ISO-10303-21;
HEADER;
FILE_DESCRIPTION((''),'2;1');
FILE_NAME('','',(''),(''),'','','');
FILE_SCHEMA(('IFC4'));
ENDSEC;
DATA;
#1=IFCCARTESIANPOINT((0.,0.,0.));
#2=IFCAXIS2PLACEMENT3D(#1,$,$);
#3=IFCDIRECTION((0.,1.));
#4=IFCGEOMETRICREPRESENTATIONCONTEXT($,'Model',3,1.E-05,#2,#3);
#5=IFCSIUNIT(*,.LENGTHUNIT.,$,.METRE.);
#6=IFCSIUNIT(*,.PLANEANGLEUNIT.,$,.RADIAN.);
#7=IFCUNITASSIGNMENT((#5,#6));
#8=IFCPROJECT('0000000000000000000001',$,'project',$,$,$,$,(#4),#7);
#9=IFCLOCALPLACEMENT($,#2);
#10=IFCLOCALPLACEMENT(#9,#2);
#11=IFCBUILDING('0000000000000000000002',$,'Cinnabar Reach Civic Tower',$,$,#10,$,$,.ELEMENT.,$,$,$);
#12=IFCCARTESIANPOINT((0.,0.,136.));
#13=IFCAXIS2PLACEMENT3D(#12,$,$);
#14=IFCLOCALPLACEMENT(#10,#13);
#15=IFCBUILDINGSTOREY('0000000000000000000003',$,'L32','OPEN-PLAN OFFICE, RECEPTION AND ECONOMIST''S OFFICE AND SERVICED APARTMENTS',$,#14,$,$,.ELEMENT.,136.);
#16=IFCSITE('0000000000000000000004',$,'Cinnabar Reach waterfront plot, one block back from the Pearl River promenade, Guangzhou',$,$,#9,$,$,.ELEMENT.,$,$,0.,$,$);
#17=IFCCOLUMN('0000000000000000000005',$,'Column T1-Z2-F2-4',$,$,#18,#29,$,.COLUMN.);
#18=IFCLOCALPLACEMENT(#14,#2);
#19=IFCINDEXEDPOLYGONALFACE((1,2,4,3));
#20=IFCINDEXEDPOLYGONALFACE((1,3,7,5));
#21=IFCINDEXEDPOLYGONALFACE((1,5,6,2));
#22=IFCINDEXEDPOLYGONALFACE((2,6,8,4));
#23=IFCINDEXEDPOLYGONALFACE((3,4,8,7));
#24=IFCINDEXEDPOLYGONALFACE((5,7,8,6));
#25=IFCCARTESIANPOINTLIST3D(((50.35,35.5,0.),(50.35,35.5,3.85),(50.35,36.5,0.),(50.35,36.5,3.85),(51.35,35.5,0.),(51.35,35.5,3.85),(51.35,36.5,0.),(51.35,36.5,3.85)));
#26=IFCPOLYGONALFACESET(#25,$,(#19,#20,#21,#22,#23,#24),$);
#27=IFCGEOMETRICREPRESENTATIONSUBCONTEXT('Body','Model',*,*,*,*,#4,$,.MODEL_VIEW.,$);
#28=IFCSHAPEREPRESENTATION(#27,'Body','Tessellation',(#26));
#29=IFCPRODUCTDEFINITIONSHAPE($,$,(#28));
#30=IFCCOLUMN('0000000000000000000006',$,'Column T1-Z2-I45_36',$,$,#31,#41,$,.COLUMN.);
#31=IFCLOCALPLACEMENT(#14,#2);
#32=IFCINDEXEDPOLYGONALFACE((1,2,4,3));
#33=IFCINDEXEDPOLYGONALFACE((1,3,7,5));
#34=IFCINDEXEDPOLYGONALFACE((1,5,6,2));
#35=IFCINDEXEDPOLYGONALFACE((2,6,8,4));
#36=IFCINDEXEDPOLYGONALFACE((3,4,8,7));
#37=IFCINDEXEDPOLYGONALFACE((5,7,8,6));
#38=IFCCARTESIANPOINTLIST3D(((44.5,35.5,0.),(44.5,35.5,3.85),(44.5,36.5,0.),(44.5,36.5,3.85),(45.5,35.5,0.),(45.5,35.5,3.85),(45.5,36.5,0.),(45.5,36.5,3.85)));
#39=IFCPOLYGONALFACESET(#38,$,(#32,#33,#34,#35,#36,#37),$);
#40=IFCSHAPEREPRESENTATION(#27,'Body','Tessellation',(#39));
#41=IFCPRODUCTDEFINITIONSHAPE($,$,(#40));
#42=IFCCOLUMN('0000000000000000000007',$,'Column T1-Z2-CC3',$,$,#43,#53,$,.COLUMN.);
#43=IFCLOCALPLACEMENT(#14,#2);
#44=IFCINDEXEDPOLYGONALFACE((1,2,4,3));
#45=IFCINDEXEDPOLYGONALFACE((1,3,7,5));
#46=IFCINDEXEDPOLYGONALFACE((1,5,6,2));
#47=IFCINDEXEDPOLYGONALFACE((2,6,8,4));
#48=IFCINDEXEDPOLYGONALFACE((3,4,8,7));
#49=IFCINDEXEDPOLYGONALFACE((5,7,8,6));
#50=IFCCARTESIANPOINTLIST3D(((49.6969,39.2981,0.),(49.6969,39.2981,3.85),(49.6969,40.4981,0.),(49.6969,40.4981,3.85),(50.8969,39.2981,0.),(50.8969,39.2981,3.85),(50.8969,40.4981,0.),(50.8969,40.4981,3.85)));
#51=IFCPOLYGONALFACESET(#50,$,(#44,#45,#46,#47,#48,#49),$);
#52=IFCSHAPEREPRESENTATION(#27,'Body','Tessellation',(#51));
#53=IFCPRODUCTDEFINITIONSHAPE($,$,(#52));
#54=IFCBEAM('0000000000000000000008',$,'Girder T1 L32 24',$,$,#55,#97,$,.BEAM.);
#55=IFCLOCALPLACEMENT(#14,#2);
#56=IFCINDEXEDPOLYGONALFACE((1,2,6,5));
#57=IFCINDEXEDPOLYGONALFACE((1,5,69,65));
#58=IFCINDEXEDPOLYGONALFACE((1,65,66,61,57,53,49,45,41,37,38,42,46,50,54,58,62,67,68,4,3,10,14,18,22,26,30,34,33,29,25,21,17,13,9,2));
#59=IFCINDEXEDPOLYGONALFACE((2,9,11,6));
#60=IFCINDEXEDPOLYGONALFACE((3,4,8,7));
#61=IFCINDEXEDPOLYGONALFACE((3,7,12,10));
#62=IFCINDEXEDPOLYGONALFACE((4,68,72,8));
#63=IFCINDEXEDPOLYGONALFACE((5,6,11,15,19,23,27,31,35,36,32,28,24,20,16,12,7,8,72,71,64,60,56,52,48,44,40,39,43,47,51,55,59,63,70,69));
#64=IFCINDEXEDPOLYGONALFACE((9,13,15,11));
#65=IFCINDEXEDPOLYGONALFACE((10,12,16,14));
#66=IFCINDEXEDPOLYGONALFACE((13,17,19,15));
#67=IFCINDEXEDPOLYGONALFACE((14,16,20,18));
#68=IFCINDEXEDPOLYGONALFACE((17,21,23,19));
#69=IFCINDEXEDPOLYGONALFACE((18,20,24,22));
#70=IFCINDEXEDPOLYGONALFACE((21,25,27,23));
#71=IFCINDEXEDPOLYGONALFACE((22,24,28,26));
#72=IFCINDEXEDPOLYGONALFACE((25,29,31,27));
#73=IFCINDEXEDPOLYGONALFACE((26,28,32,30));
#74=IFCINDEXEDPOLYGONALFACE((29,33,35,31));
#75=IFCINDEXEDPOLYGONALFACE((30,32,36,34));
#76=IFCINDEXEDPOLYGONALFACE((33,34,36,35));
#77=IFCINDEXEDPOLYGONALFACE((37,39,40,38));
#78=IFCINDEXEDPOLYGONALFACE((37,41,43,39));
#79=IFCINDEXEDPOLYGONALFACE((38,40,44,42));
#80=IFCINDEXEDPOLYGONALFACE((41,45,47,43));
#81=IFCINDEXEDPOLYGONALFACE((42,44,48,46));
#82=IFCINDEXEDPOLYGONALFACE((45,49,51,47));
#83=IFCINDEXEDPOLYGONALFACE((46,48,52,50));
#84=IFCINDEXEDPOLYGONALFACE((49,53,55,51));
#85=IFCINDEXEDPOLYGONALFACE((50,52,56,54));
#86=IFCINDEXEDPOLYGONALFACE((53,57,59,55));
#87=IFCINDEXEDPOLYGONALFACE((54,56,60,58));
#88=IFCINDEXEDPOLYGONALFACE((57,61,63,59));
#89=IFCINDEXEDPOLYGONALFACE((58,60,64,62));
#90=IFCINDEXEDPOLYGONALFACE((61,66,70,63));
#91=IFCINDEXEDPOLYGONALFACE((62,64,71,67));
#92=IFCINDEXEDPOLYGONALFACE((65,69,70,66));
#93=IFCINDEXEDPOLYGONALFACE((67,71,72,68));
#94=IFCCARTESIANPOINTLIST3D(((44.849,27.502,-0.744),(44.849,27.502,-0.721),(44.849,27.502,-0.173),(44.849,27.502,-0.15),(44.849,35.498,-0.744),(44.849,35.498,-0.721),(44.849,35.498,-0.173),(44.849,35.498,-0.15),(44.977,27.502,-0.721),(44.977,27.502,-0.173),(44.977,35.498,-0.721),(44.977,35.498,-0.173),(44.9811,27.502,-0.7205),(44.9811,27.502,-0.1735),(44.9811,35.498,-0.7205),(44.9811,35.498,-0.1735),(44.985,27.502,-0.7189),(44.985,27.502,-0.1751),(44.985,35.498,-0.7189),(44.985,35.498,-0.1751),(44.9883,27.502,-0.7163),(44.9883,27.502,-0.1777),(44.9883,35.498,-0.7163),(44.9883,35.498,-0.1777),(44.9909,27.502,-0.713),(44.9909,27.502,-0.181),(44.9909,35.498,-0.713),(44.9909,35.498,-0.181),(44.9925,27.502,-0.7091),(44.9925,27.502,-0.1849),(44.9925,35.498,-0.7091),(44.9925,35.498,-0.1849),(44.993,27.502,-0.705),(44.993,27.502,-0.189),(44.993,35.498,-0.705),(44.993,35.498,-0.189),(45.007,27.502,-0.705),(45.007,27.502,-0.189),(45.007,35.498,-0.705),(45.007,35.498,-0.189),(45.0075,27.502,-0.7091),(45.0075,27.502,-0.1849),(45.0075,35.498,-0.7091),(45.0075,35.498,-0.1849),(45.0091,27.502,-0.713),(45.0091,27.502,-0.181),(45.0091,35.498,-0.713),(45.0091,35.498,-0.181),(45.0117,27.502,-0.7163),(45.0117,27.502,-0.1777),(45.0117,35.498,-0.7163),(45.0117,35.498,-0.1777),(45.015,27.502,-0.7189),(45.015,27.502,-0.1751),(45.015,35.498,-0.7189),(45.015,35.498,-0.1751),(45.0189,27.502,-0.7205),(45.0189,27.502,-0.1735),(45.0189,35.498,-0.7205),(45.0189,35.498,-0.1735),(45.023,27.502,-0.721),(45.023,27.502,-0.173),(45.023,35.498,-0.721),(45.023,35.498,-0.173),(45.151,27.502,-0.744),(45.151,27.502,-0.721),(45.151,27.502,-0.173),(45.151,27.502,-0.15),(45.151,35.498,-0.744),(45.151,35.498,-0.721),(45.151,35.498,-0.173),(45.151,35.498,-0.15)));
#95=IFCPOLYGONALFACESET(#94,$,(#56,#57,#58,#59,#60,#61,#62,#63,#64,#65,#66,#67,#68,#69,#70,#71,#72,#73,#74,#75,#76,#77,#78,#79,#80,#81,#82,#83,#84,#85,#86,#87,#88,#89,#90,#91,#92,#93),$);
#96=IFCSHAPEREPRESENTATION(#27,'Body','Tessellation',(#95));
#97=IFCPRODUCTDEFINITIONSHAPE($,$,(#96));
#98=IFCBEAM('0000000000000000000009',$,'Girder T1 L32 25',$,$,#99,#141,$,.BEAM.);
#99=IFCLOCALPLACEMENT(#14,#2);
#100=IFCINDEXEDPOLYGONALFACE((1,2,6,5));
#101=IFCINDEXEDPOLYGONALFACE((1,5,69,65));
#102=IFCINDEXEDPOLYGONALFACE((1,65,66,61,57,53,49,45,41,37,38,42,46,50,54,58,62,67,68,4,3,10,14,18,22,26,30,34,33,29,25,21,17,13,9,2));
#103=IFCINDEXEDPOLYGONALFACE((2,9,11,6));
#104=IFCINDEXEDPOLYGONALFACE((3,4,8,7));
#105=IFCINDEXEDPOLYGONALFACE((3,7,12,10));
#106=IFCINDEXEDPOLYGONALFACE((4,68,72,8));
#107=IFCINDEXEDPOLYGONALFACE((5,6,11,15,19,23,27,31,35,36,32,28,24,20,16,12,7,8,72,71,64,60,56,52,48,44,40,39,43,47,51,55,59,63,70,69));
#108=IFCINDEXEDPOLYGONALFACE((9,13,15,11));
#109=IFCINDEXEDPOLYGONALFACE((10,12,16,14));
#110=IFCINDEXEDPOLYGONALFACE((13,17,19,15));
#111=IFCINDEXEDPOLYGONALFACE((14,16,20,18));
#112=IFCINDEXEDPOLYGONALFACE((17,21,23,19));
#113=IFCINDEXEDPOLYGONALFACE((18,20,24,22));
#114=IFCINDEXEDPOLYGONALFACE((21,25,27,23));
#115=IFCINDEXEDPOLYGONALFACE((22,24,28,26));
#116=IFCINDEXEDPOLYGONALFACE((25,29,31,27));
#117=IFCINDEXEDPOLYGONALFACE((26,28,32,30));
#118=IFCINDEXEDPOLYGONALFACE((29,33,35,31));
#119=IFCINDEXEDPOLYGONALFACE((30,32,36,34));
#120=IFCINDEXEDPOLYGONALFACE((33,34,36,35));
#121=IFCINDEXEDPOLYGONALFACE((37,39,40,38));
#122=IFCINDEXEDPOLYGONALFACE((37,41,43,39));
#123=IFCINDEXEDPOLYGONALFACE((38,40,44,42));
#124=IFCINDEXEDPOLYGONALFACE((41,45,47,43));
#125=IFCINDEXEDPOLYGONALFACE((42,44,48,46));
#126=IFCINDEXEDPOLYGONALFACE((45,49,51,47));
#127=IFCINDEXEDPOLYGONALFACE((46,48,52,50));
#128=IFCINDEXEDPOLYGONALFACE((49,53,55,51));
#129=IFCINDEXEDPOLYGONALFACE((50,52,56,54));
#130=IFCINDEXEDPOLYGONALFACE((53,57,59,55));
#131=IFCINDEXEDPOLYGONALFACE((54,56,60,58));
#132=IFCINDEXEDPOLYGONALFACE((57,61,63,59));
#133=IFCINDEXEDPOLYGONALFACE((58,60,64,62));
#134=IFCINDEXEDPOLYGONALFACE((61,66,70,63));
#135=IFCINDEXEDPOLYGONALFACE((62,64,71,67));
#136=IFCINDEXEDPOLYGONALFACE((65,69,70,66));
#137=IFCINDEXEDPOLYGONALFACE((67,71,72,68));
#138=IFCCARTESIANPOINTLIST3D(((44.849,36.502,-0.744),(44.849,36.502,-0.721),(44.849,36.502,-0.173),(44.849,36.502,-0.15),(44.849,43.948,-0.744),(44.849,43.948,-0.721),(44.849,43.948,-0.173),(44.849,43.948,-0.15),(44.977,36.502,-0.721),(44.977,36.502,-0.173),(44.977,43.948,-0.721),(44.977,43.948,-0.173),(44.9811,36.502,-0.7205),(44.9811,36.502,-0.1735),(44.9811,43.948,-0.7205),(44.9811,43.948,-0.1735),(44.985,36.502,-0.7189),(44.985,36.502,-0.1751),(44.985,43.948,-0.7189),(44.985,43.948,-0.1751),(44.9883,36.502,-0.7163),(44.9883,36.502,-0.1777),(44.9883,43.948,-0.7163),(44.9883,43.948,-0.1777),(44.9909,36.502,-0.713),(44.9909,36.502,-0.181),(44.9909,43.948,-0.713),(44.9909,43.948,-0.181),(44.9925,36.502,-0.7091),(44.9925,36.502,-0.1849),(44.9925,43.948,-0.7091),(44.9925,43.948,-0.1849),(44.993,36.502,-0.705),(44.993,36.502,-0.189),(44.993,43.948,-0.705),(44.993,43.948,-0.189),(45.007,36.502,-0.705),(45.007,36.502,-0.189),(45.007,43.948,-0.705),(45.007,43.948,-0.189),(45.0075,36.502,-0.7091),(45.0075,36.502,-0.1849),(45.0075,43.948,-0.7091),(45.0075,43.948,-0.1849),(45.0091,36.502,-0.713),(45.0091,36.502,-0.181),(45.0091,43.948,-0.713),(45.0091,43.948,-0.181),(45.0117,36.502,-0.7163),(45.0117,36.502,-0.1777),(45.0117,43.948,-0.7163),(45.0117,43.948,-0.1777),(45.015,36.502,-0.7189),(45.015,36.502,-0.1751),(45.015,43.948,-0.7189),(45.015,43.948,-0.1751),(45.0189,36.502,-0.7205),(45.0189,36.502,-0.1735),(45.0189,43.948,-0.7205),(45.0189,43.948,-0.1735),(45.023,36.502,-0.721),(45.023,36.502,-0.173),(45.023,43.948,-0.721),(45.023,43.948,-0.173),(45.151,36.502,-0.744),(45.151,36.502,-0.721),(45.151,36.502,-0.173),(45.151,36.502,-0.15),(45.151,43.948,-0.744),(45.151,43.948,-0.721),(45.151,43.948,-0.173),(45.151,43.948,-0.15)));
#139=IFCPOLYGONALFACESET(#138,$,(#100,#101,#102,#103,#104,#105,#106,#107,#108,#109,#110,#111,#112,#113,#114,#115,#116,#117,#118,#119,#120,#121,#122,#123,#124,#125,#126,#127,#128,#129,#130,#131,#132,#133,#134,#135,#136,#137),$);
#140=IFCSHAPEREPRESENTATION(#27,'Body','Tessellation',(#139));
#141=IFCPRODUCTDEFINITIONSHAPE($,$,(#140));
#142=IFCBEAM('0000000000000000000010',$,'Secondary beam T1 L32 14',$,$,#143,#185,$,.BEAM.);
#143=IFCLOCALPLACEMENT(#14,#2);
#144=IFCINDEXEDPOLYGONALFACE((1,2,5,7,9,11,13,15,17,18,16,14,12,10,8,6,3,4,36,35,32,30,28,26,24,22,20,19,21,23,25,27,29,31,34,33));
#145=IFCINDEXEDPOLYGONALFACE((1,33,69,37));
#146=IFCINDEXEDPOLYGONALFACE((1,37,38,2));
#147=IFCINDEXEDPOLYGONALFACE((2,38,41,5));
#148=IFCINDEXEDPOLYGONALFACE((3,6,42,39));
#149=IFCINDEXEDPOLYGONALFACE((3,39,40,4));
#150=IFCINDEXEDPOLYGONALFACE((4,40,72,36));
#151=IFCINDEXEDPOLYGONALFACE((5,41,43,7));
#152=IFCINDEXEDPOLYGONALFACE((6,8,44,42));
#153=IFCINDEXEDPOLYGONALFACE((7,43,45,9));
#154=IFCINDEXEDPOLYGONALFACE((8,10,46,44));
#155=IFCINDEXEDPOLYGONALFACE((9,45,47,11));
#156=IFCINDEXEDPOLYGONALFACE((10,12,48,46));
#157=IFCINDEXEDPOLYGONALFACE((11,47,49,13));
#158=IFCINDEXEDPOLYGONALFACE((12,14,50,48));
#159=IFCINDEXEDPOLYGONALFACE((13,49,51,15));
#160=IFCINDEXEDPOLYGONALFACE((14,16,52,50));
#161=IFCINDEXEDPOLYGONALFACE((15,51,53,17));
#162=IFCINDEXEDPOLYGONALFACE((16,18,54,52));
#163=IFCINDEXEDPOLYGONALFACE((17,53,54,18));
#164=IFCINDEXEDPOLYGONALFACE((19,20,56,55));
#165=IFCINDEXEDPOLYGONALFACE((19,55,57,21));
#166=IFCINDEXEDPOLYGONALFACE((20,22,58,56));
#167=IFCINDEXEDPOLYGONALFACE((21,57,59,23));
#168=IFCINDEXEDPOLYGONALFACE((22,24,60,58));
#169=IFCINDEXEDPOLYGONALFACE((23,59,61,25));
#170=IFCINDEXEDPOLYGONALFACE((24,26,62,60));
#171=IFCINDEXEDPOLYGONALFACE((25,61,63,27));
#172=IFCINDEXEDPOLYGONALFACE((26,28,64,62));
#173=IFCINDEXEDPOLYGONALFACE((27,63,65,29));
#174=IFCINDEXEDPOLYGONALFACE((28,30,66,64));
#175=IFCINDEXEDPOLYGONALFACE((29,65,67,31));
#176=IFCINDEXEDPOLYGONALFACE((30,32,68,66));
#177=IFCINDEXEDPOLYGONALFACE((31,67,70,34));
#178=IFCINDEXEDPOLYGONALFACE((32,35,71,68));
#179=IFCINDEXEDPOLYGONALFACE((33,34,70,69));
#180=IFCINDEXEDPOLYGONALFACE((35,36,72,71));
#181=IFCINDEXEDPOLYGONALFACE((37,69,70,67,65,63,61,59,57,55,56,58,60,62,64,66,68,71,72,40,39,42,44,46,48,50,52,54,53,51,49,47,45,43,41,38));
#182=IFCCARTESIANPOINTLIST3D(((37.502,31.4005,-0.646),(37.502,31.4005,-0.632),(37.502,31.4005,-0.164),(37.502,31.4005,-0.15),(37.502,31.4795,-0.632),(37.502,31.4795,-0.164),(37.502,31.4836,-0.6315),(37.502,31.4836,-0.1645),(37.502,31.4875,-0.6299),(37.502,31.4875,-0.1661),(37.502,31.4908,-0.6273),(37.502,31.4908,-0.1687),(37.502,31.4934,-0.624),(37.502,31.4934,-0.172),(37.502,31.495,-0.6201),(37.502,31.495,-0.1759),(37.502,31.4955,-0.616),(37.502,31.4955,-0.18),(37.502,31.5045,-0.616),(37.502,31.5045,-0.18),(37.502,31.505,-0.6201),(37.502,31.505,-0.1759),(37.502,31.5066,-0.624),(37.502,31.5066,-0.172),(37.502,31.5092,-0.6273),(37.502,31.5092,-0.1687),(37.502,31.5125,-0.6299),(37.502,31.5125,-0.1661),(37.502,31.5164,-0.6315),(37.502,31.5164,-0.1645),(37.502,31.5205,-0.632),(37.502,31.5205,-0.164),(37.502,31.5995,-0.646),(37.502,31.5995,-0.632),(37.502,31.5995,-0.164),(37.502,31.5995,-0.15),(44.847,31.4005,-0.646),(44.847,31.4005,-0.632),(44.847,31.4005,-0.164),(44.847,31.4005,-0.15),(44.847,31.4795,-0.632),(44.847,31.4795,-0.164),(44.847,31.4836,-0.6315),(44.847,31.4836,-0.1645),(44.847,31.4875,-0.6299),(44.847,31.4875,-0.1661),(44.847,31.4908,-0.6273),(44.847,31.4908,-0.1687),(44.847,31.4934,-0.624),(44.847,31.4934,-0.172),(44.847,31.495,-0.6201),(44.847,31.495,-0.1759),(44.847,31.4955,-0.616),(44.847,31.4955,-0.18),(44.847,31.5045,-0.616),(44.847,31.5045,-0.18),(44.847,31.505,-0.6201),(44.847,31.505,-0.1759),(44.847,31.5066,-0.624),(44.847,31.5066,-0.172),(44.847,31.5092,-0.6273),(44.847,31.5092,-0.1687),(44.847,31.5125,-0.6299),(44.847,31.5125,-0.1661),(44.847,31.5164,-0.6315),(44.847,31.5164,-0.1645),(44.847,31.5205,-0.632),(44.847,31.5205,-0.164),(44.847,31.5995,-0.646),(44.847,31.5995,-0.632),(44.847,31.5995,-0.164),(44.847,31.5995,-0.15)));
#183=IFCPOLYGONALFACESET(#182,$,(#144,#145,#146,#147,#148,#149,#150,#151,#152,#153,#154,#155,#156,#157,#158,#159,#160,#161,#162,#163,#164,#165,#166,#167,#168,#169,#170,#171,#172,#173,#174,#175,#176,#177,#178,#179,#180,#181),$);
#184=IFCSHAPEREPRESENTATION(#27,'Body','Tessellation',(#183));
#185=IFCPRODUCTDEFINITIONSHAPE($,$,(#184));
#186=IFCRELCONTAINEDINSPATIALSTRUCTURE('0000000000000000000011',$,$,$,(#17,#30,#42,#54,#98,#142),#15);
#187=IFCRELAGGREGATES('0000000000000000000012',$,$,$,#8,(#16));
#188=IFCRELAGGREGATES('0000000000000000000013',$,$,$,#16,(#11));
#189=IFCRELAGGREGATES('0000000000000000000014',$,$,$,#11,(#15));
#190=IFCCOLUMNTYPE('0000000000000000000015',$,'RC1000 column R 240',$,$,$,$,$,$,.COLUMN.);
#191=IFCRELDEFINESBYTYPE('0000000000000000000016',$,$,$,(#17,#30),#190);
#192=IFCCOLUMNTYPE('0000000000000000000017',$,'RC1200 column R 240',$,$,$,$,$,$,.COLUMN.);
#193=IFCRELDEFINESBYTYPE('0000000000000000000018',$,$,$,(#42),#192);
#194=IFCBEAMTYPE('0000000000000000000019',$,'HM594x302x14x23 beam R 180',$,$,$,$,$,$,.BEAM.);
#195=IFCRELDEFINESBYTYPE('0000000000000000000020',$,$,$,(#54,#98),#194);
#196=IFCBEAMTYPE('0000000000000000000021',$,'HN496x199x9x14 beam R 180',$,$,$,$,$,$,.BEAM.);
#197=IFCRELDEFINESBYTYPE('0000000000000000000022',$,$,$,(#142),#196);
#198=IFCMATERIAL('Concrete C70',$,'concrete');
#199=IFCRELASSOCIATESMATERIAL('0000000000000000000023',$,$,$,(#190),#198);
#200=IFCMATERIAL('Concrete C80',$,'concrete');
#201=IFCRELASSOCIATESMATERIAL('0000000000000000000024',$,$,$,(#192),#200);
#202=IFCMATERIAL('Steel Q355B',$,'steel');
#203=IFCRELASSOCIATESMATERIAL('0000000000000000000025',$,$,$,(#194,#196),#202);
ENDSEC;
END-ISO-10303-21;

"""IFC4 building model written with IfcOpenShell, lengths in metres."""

from ifc_helpers import new_model, si_unit, direction, frame, origin, origin_2d, place, context, subcontext, project, spatial, rectangle, i_section, extrude, material, material_profile, profile_set, type_object, element, save


model = new_model("IFC4")

# Units and contexts
model_context = context("Model", 3, precision=1e-05, world=origin(), true_north=direction((0.0, 1.0)))
body_context = subcontext(model_context, "Body", "Model", "MODEL_VIEW")
ifc_project = project(units=[si_unit("LENGTHUNIT", "METRE"), si_unit("PLANEANGLEUNIT", "RADIAN")], contexts=[model_context])

# Site, building, storey
site_placement = place(None, origin())
site = spatial("IfcSite", under=ifc_project, at=site_placement, Name="Cinnabar Reach waterfront plot, one block back from the Pearl River promenade, Guangzhou", CompositionType="ELEMENT", RefElevation=0.0)
building_placement = place(site_placement, origin())
building = spatial("IfcBuilding", under=site, at=building_placement, Name="Cinnabar Reach Civic Tower", CompositionType="ELEMENT")
storey_placement = place(building_placement, frame((0.0, 0.0, 136.0)))
storey = spatial("IfcBuildingStorey", under=building, at=storey_placement, Name="L32", Description="OPEN-PLAN OFFICE, RECEPTION AND ECONOMIST'S OFFICE AND SERVICED APARTMENTS", CompositionType="ELEMENT", Elevation=136.0)

# Columns
ifc_material_1 = material(Name="Concrete C70", Category="concrete")
ifc_material_profile_1 = material_profile(ifc_material_1, rectangle(XDim=1.0, YDim=1.0, at=origin_2d()), Name="RC1000")
ifc_profile_set_1 = profile_set([ifc_material_profile_1], Name="Concrete C70")
column_type_1 = type_object("IfcColumnType", Name="RC1000 column R 240", PredefinedType="COLUMN", material=ifc_profile_set_1)
for number, where, z_axis, x_axis, name in (
    (1, (50.85, 36.0, 0.0), (0.0, 0.0, 1.0), (1.0, 0.0, 0.0), "Column T1-Z2-F2-4"),
    (2, (45.0, 36.0, 0.0), (0.0, 0.0, 1.0), (1.0, 0.0, 0.0), "Column T1-Z2-I45_36"),
):
    element("IfcColumn", number, at=place(storey_placement, frame(where, z_axis=z_axis, x_axis=x_axis)), inside=storey, type_object=column_type_1, Name=name, PredefinedType="COLUMN", context=body_context, shape_type="SweptSolid", body=[
        extrude(rectangle(XDim=1.0, YDim=1.0, at=origin_2d()), origin(), (0.0, 0.0, 1.0), 3.85),
    ])
ifc_material_2 = material(Name="Concrete C80", Category="concrete")
ifc_material_profile_2 = material_profile(ifc_material_2, rectangle(XDim=1.2, YDim=1.2, at=origin_2d()), Name="RC1200")
ifc_profile_set_2 = profile_set([ifc_material_profile_2], Name="Concrete C80")
column_type_2 = type_object("IfcColumnType", Name="RC1200 column R 240", PredefinedType="COLUMN", material=ifc_profile_set_2)
column_placement = place(storey_placement, frame((50.2969, 39.8981, 0.0), z_axis=(0.0, 0.0, 1.0), x_axis=(1.0, 0.0, 0.0)))
element("IfcColumn", 3, at=column_placement, inside=storey, type_object=column_type_2, Name="Column T1-Z2-CC3", PredefinedType="COLUMN", context=body_context, shape_type="SweptSolid", body=[
    extrude(rectangle(XDim=1.2, YDim=1.2, at=origin_2d()), origin(), (0.0, 0.0, 1.0), 3.85),
])

# Beams
ifc_material_3 = material(Name="Steel Q355B", Category="steel")
ifc_material_profile_3 = material_profile(ifc_material_3, i_section(OverallWidth=0.302, OverallDepth=0.594, WebThickness=0.014, FlangeThickness=0.023, FilletRadius=0.016, at=origin_2d()), Name="HM594x302x14x23")
ifc_profile_set_3 = profile_set([ifc_material_profile_3], Name="Steel Q355B")
beam_type_1 = type_object("IfcBeamType", Name="HM594x302x14x23 beam R 180", PredefinedType="BEAM", material=ifc_profile_set_3)
beam_1_placement = place(storey_placement, frame((45.0, 27.502, -0.447), z_axis=(0.0, 1.0, 0.0), x_axis=(-1.0, 0.0, 0.0)))
element("IfcBeam", 4, at=beam_1_placement, inside=storey, type_object=beam_type_1, Name="Girder T1 L32 24", PredefinedType="BEAM", context=body_context, shape_type="SweptSolid", body=[
    extrude(i_section(OverallWidth=0.302, OverallDepth=0.594, WebThickness=0.014, FlangeThickness=0.023, FilletRadius=0.016, at=origin_2d()), origin(), (0.0, 0.0, 1.0), 7.996),
])
beam_2_placement = place(storey_placement, frame((45.0, 36.502, -0.447), z_axis=(0.0, 1.0, 0.0), x_axis=(-1.0, 0.0, 0.0)))
element("IfcBeam", 5, at=beam_2_placement, inside=storey, type_object=beam_type_1, Name="Girder T1 L32 25", PredefinedType="BEAM", context=body_context, shape_type="SweptSolid", body=[
    extrude(i_section(OverallWidth=0.302, OverallDepth=0.594, WebThickness=0.014, FlangeThickness=0.023, FilletRadius=0.016, at=origin_2d()), origin(), (0.0, 0.0, 1.0), 7.446),
])
ifc_material_profile_4 = material_profile(ifc_material_3, i_section(OverallWidth=0.199, OverallDepth=0.496, WebThickness=0.009, FlangeThickness=0.014, FilletRadius=0.016, at=origin_2d()), Name="HN496x199x9x14")
ifc_profile_set_4 = profile_set([ifc_material_profile_4], Name="Steel Q355B")
beam_type_2 = type_object("IfcBeamType", Name="HN496x199x9x14 beam R 180", PredefinedType="BEAM", material=ifc_profile_set_4)
beam_3_placement = place(storey_placement, frame((37.502, 31.5, -0.398), z_axis=(1.0, 0.0, 0.0), x_axis=(0.0, 1.0, 0.0)))
element("IfcBeam", 6, at=beam_3_placement, inside=storey, type_object=beam_type_2, Name="Secondary beam T1 L32 14", PredefinedType="BEAM", context=body_context, shape_type="SweptSolid", body=[
    extrude(i_section(OverallWidth=0.199, OverallDepth=0.496, WebThickness=0.009, FlangeThickness=0.014, FilletRadius=0.016, at=origin_2d()), origin(), (0.0, 0.0, 1.0), 7.345),
])

save(model, "model.ifc")
